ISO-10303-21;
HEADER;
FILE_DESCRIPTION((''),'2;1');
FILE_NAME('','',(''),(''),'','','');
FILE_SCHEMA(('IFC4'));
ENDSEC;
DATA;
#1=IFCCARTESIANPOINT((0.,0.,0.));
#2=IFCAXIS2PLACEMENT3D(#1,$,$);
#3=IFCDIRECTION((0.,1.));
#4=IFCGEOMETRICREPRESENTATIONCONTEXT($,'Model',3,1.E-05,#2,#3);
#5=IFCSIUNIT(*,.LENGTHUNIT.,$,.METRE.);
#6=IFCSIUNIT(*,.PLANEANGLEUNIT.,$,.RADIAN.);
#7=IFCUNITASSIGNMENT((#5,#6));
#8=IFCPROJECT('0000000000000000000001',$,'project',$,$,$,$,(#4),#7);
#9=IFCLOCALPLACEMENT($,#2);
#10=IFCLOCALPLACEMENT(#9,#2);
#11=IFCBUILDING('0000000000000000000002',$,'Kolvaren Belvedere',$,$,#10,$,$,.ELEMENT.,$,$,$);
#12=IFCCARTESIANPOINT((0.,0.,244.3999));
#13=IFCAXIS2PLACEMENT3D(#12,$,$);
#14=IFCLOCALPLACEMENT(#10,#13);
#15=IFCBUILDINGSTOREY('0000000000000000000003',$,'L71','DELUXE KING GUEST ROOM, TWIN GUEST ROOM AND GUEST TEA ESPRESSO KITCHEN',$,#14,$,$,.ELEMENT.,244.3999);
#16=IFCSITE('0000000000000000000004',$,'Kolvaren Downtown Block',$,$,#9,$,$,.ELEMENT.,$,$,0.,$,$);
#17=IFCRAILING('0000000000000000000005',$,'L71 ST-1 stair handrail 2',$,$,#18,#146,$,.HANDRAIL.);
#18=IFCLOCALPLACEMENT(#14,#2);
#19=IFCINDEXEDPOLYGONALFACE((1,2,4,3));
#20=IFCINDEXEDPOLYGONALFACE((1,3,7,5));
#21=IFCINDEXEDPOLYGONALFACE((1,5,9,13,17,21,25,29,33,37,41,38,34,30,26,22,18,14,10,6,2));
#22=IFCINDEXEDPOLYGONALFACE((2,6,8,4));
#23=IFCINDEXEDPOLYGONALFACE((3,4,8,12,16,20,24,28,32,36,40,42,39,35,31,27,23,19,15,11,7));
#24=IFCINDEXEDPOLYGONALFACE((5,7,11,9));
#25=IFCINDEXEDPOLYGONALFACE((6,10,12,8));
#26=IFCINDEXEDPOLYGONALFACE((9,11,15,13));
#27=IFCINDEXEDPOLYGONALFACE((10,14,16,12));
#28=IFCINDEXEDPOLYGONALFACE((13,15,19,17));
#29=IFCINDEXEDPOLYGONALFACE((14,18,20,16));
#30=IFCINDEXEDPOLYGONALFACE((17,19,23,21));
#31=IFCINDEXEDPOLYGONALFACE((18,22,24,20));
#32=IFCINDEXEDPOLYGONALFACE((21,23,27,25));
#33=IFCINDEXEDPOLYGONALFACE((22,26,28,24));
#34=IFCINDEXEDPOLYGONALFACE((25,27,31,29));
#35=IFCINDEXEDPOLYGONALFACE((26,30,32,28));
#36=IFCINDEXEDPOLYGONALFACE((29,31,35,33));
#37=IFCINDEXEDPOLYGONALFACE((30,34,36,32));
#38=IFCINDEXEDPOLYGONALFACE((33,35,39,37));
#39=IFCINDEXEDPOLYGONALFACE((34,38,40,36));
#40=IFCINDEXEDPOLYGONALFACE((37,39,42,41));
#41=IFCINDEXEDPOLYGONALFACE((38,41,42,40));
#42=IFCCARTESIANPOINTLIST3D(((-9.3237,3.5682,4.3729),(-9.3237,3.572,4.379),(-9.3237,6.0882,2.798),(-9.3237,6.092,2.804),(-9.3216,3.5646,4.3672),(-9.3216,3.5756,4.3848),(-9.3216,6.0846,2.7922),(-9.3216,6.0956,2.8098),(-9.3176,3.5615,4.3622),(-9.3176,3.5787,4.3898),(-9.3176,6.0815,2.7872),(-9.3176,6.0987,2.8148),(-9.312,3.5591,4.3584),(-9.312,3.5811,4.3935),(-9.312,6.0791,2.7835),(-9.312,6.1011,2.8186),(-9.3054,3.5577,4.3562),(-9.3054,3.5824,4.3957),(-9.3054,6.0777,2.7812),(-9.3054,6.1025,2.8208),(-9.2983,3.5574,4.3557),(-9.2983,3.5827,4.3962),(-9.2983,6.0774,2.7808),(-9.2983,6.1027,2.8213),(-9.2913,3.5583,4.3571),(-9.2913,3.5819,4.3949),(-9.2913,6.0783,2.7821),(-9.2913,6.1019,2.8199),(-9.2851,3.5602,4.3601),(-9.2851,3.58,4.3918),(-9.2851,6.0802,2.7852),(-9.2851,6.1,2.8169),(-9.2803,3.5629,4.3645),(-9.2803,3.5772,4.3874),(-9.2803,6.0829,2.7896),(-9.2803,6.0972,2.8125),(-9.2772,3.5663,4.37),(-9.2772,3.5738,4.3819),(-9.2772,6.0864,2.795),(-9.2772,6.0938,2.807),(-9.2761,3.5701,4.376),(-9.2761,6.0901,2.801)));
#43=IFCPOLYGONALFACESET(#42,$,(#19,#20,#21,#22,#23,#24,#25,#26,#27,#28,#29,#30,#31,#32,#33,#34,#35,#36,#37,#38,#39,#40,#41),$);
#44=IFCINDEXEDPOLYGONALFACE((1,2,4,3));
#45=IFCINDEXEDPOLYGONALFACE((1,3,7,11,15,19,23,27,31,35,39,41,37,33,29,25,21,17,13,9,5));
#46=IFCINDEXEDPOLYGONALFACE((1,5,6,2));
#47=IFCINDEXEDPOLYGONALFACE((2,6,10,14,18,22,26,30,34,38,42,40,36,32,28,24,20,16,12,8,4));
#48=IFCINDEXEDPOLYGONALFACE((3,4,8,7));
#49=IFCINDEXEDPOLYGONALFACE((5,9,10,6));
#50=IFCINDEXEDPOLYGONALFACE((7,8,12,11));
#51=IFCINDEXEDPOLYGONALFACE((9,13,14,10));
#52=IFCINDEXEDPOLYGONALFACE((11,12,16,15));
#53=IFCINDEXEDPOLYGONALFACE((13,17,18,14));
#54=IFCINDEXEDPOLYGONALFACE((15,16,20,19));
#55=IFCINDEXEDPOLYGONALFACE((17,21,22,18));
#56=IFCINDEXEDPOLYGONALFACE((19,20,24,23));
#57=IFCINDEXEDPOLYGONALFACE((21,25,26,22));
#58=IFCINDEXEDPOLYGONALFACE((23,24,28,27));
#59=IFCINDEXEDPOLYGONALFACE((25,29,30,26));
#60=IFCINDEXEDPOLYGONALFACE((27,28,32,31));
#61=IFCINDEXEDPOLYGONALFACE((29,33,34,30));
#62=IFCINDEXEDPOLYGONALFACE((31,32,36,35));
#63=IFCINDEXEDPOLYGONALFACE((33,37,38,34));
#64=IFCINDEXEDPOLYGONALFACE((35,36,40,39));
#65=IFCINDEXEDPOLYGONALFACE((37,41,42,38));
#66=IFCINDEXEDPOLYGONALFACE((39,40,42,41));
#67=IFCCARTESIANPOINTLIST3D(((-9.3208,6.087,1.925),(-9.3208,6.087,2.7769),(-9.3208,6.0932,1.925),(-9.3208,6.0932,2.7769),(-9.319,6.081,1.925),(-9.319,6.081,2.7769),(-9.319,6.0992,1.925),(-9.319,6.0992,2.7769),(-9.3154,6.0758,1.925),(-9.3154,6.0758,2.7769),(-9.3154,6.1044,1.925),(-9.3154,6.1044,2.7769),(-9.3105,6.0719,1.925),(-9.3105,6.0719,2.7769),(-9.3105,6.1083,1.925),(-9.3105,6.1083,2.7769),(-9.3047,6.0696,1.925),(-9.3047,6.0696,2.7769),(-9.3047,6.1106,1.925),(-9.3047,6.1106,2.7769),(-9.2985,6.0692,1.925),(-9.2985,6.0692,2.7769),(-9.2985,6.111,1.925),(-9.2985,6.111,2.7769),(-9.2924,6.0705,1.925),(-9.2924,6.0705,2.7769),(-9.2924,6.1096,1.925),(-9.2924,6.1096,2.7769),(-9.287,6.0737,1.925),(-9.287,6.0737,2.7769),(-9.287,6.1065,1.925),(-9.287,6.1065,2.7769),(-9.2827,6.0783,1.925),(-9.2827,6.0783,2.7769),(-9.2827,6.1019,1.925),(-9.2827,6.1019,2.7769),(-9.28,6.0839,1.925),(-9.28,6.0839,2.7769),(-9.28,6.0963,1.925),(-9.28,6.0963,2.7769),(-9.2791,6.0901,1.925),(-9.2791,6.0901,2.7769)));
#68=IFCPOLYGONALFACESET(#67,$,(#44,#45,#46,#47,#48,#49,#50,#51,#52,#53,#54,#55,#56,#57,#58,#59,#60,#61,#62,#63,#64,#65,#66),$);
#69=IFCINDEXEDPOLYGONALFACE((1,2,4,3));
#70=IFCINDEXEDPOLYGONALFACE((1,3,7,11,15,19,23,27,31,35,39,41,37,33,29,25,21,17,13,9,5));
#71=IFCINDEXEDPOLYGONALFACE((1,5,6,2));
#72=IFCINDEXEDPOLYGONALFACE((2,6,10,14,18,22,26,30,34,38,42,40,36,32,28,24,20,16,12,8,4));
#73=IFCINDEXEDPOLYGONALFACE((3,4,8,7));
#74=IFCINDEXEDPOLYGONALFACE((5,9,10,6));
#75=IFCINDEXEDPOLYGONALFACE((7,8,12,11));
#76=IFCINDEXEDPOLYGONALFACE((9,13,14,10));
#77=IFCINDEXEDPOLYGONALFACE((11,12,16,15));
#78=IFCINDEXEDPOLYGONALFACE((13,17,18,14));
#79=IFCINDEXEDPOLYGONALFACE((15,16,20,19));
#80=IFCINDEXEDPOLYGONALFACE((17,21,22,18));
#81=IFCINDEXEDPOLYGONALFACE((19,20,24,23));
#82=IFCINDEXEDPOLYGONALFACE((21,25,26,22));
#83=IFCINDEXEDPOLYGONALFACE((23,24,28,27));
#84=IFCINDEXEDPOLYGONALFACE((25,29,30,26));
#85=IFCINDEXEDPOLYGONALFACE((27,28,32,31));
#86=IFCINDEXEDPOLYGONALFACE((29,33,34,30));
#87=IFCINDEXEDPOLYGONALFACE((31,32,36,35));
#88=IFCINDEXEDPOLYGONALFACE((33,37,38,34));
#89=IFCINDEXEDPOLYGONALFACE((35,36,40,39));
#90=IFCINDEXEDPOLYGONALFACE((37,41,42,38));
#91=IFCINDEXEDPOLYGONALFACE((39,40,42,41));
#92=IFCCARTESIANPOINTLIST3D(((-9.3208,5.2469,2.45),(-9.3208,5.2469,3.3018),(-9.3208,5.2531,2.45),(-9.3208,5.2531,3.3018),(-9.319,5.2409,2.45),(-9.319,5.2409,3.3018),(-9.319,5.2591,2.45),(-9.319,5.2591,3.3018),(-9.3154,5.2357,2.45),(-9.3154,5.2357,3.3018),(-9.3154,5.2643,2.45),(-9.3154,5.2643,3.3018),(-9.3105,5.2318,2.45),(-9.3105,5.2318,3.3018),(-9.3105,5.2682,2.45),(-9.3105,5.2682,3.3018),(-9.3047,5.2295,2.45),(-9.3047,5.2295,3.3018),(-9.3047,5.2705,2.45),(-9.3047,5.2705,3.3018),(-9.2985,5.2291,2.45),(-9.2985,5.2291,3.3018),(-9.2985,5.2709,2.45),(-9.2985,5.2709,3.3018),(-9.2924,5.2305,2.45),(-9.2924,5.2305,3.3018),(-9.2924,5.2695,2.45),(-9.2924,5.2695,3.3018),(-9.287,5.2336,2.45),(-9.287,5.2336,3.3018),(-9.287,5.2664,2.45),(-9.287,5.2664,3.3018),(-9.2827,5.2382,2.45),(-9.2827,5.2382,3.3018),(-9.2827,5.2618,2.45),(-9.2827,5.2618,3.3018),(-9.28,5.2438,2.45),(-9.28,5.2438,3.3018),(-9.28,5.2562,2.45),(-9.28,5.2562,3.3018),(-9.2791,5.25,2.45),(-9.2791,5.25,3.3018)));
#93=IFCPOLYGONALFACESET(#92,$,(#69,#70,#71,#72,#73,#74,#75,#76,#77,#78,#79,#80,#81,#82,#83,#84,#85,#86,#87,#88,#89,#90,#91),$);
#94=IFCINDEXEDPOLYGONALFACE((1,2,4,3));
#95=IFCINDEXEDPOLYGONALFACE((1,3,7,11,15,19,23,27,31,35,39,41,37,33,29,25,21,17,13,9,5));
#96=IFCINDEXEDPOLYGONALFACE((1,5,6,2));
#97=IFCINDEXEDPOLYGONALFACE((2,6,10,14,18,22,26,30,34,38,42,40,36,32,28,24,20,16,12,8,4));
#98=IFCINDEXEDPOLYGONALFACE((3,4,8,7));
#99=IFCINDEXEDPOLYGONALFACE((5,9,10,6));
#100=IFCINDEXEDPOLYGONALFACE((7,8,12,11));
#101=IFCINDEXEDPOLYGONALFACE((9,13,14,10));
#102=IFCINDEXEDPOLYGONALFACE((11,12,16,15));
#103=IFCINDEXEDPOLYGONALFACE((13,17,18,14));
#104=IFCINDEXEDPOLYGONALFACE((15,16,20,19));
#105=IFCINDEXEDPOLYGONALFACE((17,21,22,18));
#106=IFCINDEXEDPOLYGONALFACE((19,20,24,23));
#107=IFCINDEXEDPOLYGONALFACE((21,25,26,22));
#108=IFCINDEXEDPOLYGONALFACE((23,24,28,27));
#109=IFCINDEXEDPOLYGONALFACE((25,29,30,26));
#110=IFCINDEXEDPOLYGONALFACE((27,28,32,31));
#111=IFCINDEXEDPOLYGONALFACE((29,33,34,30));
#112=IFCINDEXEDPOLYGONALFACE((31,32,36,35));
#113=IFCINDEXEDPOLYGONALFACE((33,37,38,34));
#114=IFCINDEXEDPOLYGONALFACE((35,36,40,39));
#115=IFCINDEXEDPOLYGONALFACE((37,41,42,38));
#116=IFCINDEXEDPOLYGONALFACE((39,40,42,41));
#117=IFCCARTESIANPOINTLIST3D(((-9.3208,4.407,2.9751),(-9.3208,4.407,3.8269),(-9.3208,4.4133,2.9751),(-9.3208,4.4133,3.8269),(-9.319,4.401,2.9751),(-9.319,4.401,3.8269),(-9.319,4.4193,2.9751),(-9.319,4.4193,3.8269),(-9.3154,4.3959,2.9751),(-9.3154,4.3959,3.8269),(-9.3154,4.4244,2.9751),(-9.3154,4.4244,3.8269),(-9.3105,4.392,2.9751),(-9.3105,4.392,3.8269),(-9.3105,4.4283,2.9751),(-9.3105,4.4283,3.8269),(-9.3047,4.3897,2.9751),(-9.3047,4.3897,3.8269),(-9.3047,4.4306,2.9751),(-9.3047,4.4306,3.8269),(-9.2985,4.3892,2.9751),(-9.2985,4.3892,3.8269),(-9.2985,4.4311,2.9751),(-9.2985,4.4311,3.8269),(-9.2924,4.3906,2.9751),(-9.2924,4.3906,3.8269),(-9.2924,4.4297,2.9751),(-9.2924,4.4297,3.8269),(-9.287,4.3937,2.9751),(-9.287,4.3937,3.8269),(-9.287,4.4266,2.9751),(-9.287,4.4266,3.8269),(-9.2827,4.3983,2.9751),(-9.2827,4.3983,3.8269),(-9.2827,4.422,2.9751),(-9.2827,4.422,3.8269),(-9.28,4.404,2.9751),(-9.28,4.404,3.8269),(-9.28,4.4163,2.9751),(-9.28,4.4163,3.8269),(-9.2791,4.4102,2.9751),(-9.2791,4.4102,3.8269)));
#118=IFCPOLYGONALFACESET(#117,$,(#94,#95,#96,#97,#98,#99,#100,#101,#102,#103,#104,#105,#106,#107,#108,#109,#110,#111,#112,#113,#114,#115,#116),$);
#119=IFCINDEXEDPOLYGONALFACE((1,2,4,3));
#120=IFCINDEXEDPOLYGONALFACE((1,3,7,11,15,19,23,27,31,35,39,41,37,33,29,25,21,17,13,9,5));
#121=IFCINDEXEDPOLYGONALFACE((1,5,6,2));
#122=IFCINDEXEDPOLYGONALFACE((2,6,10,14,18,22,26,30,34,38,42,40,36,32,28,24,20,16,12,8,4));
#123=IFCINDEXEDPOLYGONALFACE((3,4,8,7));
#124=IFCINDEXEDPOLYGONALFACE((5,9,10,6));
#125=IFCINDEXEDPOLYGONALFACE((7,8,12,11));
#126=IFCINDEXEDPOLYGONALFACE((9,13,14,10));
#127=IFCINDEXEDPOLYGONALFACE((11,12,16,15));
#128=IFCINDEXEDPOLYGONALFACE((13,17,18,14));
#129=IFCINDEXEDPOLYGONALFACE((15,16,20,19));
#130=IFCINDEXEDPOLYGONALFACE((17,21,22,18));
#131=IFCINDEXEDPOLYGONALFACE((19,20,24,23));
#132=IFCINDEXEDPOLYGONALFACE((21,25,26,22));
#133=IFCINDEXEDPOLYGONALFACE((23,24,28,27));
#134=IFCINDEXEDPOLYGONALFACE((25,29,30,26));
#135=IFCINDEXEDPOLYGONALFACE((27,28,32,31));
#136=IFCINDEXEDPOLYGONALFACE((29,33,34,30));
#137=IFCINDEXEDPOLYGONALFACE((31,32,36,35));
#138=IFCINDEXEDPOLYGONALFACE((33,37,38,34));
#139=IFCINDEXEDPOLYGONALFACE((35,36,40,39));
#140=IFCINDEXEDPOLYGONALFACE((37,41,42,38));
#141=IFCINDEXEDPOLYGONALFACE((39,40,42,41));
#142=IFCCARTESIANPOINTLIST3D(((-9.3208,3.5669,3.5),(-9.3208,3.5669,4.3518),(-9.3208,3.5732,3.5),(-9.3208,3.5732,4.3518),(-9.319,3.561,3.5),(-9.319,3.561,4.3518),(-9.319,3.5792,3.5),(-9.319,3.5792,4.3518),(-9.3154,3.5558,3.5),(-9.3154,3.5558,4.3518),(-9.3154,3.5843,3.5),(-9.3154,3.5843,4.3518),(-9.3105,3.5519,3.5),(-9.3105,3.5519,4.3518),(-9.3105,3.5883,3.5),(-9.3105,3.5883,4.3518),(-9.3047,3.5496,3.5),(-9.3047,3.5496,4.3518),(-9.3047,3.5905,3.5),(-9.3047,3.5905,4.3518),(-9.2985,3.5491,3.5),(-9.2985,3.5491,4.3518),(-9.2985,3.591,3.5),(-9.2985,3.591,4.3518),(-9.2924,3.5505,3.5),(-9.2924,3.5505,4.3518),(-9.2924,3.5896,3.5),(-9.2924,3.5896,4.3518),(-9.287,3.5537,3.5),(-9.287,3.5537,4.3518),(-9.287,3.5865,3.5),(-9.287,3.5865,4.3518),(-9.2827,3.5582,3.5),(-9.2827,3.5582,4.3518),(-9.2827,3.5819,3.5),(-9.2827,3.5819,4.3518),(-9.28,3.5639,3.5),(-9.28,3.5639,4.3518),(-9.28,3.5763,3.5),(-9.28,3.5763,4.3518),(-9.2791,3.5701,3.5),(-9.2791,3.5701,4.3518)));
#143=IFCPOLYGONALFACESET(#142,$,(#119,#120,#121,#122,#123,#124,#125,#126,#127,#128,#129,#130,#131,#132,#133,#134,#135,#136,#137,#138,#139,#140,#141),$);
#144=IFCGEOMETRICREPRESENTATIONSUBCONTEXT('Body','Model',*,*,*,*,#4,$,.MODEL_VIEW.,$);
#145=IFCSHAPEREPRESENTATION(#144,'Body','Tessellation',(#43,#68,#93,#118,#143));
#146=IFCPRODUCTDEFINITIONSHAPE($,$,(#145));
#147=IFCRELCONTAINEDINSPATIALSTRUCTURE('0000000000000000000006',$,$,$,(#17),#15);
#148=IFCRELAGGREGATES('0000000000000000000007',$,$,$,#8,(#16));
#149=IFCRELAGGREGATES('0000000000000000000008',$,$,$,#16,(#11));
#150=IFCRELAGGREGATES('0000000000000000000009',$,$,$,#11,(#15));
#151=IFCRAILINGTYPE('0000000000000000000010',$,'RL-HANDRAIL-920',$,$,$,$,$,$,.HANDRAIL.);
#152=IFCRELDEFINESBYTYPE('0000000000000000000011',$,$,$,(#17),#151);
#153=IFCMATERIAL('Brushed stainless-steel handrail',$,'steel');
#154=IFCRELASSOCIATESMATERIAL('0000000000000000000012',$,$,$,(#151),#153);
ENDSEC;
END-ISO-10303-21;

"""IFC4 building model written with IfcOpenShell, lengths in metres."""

from ifc_helpers import new_model, si_unit, direction, frame, origin, origin_2d, place, context, subcontext, project, spatial, circle, extrude, material, type_object, element, save


model = new_model("IFC4")

# Units and contexts
model_context = context("Model", 3, precision=1e-05, world=origin(), true_north=direction((0.0, 1.0)))
body_context = subcontext(model_context, "Body", "Model", "MODEL_VIEW")
ifc_project = project(units=[si_unit("LENGTHUNIT", "METRE"), si_unit("PLANEANGLEUNIT", "RADIAN")], contexts=[model_context])

# Site, building, storey
site_placement = place(None, origin())
site = spatial("IfcSite", under=ifc_project, at=site_placement, Name="Kolvaren Downtown Block", CompositionType="ELEMENT", RefElevation=0.0)
building_placement = place(site_placement, origin())
building = spatial("IfcBuilding", under=site, at=building_placement, Name="Kolvaren Belvedere", CompositionType="ELEMENT")
storey_placement = place(building_placement, frame((0.0, 0.0, 244.3999)))
storey = spatial("IfcBuildingStorey", under=building, at=storey_placement, Name="L71", Description="DELUXE KING GUEST ROOM, TWIN GUEST ROOM AND GUEST TEA ESPRESSO KITCHEN", CompositionType="ELEMENT", Elevation=244.3999)

# Railing
ifc_material_1 = material(Name="Brushed stainless-steel handrail", Category="steel")
railing_type_1 = type_object("IfcRailingType", Name="RL-HANDRAIL-920", PredefinedType="HANDRAIL", material=ifc_material_1)
railing_1_placement = place(storey_placement, frame((-9.3, 6.0901, 1.925)))
element("IfcRailing", 1, at=railing_1_placement, inside=storey, type_object=railing_type_1, Name="L71 ST-1 stair handrail 2", PredefinedType="HANDRAIL", context=body_context, shape_type="SweptSolid", body=[
    extrude(circle(Radius=0.0239, at=origin_2d()), frame((0.0, 0.0, 0.876), z_axis=(0.0, -0.848008, 0.529984), x_axis=(1.0, 0.0, 0.0)), (0.0, 0.0, 1.0), 2.9717),
    extrude(circle(Radius=0.021, at=origin_2d()), origin(), (0.0, 0.0, 1.0), 0.8518),
    extrude(circle(Radius=0.021, at=origin_2d()), frame((0.0, -0.8401, 0.5249)), (0.0, 0.0, 1.0), 0.8518),
    extrude(circle(Radius=0.021, at=origin_2d()), frame((0.0, -1.6799, 1.05)), (0.0, 0.0, 1.0), 0.8518),
    extrude(circle(Radius=0.021, at=origin_2d()), frame((0.0, -2.52, 1.575)), (0.0, 0.0, 1.0), 0.8518),
])

save(model, "model.ifc")
